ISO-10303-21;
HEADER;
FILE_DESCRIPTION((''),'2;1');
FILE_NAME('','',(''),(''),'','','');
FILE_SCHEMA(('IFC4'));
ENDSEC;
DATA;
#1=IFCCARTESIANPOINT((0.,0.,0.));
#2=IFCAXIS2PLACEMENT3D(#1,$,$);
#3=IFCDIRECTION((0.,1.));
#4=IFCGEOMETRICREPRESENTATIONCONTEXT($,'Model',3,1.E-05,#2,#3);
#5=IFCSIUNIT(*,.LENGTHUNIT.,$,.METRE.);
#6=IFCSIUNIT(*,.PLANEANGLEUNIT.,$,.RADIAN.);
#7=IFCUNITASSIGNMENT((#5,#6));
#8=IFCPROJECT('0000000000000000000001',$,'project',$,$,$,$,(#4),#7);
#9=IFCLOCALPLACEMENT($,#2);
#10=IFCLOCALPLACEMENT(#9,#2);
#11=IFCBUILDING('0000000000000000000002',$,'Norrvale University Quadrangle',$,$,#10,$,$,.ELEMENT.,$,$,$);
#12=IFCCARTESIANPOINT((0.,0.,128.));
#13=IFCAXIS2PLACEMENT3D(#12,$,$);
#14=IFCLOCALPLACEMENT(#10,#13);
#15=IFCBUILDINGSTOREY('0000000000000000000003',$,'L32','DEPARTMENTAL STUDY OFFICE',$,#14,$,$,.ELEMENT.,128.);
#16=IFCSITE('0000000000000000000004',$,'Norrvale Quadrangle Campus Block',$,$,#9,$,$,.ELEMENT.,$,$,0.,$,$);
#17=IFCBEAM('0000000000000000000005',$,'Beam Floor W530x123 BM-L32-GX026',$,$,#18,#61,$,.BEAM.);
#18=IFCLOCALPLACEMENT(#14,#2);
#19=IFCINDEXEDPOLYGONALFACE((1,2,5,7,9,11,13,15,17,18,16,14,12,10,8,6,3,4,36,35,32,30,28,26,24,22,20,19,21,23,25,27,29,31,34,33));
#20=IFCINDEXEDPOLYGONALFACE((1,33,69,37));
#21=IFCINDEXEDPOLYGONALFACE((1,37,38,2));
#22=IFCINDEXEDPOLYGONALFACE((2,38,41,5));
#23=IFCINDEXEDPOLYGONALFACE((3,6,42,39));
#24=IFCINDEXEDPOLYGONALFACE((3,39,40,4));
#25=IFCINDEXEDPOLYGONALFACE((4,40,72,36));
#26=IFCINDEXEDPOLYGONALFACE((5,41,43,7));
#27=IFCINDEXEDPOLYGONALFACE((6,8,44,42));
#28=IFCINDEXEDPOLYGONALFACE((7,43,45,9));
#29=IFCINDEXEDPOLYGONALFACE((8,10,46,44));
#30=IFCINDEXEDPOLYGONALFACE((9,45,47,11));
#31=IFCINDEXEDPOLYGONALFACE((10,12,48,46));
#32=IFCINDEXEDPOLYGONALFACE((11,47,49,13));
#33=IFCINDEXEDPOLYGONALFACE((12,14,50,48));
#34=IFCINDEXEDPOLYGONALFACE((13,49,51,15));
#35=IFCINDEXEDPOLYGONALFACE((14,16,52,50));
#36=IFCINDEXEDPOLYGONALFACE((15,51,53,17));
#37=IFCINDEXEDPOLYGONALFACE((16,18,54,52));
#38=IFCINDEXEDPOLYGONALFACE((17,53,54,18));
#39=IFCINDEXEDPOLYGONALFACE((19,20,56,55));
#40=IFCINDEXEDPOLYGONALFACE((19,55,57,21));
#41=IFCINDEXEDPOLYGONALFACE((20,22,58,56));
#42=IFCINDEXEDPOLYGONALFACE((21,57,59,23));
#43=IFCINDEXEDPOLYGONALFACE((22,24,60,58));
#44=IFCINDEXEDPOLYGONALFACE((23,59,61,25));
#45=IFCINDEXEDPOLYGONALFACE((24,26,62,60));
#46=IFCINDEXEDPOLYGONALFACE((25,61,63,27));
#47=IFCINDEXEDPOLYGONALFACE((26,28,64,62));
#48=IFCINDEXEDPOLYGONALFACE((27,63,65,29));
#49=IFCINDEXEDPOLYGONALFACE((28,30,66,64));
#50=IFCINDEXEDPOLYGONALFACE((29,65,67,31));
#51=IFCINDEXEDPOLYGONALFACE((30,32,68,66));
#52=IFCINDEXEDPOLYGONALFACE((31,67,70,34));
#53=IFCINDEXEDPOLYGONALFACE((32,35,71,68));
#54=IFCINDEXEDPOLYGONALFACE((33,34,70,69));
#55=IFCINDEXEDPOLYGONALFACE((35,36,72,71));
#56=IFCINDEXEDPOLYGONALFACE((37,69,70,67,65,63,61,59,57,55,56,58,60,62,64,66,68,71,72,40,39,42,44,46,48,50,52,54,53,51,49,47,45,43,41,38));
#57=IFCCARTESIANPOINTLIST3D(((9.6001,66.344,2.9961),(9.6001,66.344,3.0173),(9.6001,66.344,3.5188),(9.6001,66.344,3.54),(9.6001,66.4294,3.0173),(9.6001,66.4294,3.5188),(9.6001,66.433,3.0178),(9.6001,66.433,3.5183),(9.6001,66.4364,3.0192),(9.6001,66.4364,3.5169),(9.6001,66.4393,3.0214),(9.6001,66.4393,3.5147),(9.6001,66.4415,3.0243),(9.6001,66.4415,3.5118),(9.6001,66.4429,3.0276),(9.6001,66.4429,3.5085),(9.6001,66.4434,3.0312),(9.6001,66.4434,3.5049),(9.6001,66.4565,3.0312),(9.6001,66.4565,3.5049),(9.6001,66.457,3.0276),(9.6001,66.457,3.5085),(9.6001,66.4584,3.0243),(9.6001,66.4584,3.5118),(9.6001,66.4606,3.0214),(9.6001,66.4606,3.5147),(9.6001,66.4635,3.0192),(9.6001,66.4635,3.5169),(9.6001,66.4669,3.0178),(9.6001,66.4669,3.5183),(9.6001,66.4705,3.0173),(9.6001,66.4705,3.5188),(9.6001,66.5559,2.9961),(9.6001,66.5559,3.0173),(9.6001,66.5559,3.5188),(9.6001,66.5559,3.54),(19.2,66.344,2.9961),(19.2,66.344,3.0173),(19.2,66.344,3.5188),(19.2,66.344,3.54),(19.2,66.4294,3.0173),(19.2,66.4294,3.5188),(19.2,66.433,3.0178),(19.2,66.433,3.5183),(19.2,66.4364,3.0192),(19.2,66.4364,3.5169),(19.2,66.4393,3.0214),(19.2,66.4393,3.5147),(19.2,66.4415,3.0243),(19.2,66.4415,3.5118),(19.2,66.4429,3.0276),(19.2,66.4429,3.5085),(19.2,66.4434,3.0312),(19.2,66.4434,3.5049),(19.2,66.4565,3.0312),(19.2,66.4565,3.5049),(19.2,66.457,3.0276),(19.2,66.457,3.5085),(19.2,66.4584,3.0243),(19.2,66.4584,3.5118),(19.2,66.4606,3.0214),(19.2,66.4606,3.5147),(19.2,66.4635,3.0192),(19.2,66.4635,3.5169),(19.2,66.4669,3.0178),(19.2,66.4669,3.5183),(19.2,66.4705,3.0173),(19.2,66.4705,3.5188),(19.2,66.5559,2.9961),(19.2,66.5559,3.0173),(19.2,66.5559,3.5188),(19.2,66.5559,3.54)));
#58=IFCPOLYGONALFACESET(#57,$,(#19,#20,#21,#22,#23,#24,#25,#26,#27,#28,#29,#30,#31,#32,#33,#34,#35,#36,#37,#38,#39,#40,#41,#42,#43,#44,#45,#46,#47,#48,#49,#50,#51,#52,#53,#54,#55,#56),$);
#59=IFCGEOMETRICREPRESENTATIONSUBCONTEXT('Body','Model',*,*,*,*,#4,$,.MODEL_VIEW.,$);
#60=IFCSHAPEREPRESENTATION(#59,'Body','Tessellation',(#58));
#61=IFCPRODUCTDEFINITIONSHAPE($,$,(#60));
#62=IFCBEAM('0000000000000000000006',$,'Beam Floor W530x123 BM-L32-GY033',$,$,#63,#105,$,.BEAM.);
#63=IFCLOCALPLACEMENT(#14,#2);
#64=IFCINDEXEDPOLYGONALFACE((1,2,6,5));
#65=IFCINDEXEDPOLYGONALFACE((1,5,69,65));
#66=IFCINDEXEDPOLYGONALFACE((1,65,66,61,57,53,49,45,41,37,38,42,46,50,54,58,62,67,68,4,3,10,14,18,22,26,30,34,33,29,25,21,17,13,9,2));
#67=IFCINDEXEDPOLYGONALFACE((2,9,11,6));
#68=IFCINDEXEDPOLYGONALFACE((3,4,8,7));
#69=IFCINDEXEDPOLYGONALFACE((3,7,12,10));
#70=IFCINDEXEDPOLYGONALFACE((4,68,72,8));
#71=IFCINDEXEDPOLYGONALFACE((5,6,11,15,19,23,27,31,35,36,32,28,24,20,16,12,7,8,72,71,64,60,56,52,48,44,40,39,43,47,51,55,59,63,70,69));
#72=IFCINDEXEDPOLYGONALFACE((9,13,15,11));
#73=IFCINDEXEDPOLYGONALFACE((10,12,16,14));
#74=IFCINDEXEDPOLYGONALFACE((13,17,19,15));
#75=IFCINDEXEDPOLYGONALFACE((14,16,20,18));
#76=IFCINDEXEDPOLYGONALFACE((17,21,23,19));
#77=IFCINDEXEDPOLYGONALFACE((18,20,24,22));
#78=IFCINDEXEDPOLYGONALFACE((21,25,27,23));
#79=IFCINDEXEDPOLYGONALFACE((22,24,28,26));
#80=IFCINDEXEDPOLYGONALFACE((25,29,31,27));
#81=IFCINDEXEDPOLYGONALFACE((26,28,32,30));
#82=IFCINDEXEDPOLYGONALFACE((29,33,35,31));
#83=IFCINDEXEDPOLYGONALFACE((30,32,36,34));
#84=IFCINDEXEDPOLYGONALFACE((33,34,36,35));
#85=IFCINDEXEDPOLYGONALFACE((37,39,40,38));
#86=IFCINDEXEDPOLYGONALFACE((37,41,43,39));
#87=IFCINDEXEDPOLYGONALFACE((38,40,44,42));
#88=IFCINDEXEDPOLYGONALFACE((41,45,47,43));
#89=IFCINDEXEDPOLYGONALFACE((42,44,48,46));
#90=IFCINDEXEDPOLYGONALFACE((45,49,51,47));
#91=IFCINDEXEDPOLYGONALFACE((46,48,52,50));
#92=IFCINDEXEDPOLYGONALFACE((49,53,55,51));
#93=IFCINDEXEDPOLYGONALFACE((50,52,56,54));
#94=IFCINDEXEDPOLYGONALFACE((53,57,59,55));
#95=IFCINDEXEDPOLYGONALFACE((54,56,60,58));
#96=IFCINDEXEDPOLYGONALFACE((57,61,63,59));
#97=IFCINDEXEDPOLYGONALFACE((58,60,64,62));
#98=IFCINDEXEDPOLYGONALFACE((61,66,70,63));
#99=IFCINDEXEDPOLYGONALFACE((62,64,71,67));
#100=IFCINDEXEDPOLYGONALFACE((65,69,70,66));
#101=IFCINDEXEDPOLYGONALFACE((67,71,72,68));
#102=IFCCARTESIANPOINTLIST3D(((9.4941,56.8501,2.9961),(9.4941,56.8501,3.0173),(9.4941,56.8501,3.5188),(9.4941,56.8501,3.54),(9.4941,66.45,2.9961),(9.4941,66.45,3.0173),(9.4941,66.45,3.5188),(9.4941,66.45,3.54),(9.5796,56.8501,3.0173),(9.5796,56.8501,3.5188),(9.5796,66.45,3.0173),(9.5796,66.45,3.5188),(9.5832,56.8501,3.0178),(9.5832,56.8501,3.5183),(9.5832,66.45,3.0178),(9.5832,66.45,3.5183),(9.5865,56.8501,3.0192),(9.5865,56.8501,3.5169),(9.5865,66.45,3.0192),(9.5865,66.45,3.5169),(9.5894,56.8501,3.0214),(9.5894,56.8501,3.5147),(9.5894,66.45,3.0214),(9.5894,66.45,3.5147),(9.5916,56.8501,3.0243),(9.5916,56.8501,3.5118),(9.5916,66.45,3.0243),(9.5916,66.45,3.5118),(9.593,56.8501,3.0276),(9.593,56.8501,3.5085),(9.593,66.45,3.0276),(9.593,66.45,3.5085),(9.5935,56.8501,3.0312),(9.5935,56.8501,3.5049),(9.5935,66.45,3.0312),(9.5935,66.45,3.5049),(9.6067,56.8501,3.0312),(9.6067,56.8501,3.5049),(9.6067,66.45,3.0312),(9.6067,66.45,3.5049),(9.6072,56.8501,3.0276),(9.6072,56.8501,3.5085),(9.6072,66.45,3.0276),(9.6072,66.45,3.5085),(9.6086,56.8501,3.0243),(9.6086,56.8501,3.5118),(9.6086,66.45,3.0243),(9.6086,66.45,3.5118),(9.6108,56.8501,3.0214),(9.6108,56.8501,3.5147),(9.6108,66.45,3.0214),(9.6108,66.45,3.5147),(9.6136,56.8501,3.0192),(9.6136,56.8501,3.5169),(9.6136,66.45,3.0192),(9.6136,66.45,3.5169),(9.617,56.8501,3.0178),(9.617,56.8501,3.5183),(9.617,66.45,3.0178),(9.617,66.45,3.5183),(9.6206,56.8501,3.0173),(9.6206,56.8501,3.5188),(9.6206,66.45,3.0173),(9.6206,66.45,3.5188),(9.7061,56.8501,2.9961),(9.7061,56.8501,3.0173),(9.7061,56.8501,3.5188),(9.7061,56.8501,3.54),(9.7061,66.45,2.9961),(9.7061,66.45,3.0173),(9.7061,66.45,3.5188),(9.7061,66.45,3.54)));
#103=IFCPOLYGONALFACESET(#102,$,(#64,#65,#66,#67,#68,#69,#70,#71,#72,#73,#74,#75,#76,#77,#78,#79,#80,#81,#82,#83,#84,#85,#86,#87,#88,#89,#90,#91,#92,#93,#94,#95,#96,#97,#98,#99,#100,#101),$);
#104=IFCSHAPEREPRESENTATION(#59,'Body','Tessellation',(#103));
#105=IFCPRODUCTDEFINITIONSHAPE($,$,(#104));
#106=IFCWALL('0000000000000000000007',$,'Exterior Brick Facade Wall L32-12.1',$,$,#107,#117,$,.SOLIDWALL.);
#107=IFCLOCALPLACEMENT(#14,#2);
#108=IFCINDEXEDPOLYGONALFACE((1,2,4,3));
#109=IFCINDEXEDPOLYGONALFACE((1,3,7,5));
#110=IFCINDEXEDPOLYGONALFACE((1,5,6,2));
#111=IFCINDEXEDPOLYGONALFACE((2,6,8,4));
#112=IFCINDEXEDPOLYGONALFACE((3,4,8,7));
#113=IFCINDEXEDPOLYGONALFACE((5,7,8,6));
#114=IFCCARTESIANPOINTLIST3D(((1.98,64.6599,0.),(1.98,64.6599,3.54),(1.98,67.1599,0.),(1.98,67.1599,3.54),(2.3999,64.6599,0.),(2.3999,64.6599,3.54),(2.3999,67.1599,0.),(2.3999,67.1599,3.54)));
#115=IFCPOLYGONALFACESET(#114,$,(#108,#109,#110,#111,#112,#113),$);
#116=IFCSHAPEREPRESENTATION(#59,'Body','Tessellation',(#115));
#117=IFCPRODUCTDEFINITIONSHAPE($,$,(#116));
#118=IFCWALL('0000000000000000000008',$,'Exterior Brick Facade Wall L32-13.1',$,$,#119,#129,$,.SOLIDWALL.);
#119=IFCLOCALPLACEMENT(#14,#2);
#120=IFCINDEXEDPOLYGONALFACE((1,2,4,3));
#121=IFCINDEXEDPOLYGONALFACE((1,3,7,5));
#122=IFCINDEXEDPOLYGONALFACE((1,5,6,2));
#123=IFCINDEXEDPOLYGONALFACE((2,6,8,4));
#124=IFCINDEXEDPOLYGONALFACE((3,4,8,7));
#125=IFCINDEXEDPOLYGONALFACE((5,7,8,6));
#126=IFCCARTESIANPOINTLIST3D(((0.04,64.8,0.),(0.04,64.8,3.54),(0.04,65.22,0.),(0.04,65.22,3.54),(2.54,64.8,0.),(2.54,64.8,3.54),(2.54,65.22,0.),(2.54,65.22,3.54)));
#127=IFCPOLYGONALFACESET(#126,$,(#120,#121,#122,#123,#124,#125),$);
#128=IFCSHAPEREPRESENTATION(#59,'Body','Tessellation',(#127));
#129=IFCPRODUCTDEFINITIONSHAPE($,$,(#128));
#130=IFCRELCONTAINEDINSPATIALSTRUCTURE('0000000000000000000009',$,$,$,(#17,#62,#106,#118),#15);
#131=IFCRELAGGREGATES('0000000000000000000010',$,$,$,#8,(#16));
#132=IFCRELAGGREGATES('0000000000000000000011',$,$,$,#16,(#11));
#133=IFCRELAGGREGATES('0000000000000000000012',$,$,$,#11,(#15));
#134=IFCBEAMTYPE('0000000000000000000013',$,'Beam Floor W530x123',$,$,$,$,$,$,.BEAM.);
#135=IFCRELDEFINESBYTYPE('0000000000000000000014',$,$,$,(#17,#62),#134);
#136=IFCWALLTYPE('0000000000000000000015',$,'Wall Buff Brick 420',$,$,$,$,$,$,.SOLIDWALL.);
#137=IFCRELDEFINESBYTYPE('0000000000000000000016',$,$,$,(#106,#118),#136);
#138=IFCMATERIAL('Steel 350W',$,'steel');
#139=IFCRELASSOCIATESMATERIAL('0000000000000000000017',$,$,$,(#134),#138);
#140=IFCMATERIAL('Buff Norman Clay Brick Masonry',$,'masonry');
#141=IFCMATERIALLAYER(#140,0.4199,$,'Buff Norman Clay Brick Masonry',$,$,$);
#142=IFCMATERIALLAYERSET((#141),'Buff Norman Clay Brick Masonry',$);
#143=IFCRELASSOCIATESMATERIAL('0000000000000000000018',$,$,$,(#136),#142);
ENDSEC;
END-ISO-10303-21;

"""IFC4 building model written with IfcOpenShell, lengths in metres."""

from ifc_helpers import new_model, si_unit, direction, frame, frame_2d, origin, origin_2d, place, context, subcontext, project, spatial, rectangle, i_section, extrude, material, layer, layer_set, material_profile, profile_set, type_object, element, save


model = new_model("IFC4")

# Units and contexts
model_context = context("Model", 3, precision=1e-05, world=origin(), true_north=direction((0.0, 1.0)))
body_context = subcontext(model_context, "Body", "Model", "MODEL_VIEW")
ifc_project = project(units=[si_unit("LENGTHUNIT", "METRE"), si_unit("PLANEANGLEUNIT", "RADIAN")], contexts=[model_context])

# Site, building, storey
site_placement = place(None, origin())
site = spatial("IfcSite", under=ifc_project, at=site_placement, Name="Norrvale Quadrangle Campus Block", CompositionType="ELEMENT", RefElevation=0.0)
building_placement = place(site_placement, origin())
building = spatial("IfcBuilding", under=site, at=building_placement, Name="Norrvale University Quadrangle", CompositionType="ELEMENT")
storey_placement = place(building_placement, frame((0.0, 0.0, 128.0)))
storey = spatial("IfcBuildingStorey", under=building, at=storey_placement, Name="L32", Description="DEPARTMENTAL STUDY OFFICE", CompositionType="ELEMENT", Elevation=128.0)

# Beams
ifc_material_1 = material(Name="Steel 350W", Category="steel")
ifc_material_profile_1 = material_profile(ifc_material_1, i_section(OverallWidth=0.2119, OverallDepth=0.5439, WebThickness=0.0132, FlangeThickness=0.0212, FilletRadius=0.0139, at=origin_2d()), Name="Steel 350W")
ifc_profile_set_1 = profile_set([ifc_material_profile_1], Name="Steel 350W")
beam_type_1 = type_object("IfcBeamType", Name="Beam Floor W530x123", PredefinedType="BEAM", material=ifc_profile_set_1)
for number, where, z_axis, x_axis, name in (
    (1, (9.6001, 66.45, 3.2681), (1.0, 0.0, 0.0), (0.0, 1.0, 0.0), "Beam Floor W530x123 BM-L32-GX026"),
    (2, (9.6001, 56.8501, 3.2681), (0.0, 1.0, 0.0), (-1.0, 0.0, 0.0), "Beam Floor W530x123 BM-L32-GY033"),
):
    element("IfcBeam", number, at=place(storey_placement, frame(where, z_axis=z_axis, x_axis=x_axis)), inside=storey, type_object=beam_type_1, Name=name, PredefinedType="BEAM", context=body_context, shape_type="SweptSolid", body=[
        extrude(i_section(OverallWidth=0.2119, OverallDepth=0.5439, WebThickness=0.0132, FlangeThickness=0.0212, FilletRadius=0.0139, at=origin_2d()), origin(), (0.0, 0.0, 1.0), 9.5999),
    ])

# Walls
ifc_material_2 = material(Name="Buff Norman Clay Brick Masonry", Category="masonry")
ifc_layer = layer(ifc_material_2, 0.4199, Name="Buff Norman Clay Brick Masonry")
ifc_layer_set = layer_set([ifc_layer], Name="Buff Norman Clay Brick Masonry")
wall_type = type_object("IfcWallType", Name="Wall Buff Brick 420", PredefinedType="SOLIDWALL", material=ifc_layer_set)
for number, where, z_axis, x_axis, name in (
    (3, (2.1899, 67.1599, 0.0), (0.0, 0.0, 1.0), (0.0, -1.0, 0.0), "Exterior Brick Facade Wall L32-12.1"),
    (4, (2.54, 65.01, 0.0), (0.0, 0.0, 1.0), (-1.0, 0.0, 0.0), "Exterior Brick Facade Wall L32-13.1"),
):
    element("IfcWall", number, at=place(storey_placement, frame(where, z_axis=z_axis, x_axis=x_axis)), inside=storey, type_object=wall_type, Name=name, PredefinedType="SOLIDWALL", context=body_context, shape_type="SweptSolid", body=[
        extrude(rectangle(XDim=2.5, YDim=0.4199, at=frame_2d((1.25, 0.0))), origin(), (0.0, 0.0, 1.0), 3.54),
    ])

save(model, "model.ifc")
